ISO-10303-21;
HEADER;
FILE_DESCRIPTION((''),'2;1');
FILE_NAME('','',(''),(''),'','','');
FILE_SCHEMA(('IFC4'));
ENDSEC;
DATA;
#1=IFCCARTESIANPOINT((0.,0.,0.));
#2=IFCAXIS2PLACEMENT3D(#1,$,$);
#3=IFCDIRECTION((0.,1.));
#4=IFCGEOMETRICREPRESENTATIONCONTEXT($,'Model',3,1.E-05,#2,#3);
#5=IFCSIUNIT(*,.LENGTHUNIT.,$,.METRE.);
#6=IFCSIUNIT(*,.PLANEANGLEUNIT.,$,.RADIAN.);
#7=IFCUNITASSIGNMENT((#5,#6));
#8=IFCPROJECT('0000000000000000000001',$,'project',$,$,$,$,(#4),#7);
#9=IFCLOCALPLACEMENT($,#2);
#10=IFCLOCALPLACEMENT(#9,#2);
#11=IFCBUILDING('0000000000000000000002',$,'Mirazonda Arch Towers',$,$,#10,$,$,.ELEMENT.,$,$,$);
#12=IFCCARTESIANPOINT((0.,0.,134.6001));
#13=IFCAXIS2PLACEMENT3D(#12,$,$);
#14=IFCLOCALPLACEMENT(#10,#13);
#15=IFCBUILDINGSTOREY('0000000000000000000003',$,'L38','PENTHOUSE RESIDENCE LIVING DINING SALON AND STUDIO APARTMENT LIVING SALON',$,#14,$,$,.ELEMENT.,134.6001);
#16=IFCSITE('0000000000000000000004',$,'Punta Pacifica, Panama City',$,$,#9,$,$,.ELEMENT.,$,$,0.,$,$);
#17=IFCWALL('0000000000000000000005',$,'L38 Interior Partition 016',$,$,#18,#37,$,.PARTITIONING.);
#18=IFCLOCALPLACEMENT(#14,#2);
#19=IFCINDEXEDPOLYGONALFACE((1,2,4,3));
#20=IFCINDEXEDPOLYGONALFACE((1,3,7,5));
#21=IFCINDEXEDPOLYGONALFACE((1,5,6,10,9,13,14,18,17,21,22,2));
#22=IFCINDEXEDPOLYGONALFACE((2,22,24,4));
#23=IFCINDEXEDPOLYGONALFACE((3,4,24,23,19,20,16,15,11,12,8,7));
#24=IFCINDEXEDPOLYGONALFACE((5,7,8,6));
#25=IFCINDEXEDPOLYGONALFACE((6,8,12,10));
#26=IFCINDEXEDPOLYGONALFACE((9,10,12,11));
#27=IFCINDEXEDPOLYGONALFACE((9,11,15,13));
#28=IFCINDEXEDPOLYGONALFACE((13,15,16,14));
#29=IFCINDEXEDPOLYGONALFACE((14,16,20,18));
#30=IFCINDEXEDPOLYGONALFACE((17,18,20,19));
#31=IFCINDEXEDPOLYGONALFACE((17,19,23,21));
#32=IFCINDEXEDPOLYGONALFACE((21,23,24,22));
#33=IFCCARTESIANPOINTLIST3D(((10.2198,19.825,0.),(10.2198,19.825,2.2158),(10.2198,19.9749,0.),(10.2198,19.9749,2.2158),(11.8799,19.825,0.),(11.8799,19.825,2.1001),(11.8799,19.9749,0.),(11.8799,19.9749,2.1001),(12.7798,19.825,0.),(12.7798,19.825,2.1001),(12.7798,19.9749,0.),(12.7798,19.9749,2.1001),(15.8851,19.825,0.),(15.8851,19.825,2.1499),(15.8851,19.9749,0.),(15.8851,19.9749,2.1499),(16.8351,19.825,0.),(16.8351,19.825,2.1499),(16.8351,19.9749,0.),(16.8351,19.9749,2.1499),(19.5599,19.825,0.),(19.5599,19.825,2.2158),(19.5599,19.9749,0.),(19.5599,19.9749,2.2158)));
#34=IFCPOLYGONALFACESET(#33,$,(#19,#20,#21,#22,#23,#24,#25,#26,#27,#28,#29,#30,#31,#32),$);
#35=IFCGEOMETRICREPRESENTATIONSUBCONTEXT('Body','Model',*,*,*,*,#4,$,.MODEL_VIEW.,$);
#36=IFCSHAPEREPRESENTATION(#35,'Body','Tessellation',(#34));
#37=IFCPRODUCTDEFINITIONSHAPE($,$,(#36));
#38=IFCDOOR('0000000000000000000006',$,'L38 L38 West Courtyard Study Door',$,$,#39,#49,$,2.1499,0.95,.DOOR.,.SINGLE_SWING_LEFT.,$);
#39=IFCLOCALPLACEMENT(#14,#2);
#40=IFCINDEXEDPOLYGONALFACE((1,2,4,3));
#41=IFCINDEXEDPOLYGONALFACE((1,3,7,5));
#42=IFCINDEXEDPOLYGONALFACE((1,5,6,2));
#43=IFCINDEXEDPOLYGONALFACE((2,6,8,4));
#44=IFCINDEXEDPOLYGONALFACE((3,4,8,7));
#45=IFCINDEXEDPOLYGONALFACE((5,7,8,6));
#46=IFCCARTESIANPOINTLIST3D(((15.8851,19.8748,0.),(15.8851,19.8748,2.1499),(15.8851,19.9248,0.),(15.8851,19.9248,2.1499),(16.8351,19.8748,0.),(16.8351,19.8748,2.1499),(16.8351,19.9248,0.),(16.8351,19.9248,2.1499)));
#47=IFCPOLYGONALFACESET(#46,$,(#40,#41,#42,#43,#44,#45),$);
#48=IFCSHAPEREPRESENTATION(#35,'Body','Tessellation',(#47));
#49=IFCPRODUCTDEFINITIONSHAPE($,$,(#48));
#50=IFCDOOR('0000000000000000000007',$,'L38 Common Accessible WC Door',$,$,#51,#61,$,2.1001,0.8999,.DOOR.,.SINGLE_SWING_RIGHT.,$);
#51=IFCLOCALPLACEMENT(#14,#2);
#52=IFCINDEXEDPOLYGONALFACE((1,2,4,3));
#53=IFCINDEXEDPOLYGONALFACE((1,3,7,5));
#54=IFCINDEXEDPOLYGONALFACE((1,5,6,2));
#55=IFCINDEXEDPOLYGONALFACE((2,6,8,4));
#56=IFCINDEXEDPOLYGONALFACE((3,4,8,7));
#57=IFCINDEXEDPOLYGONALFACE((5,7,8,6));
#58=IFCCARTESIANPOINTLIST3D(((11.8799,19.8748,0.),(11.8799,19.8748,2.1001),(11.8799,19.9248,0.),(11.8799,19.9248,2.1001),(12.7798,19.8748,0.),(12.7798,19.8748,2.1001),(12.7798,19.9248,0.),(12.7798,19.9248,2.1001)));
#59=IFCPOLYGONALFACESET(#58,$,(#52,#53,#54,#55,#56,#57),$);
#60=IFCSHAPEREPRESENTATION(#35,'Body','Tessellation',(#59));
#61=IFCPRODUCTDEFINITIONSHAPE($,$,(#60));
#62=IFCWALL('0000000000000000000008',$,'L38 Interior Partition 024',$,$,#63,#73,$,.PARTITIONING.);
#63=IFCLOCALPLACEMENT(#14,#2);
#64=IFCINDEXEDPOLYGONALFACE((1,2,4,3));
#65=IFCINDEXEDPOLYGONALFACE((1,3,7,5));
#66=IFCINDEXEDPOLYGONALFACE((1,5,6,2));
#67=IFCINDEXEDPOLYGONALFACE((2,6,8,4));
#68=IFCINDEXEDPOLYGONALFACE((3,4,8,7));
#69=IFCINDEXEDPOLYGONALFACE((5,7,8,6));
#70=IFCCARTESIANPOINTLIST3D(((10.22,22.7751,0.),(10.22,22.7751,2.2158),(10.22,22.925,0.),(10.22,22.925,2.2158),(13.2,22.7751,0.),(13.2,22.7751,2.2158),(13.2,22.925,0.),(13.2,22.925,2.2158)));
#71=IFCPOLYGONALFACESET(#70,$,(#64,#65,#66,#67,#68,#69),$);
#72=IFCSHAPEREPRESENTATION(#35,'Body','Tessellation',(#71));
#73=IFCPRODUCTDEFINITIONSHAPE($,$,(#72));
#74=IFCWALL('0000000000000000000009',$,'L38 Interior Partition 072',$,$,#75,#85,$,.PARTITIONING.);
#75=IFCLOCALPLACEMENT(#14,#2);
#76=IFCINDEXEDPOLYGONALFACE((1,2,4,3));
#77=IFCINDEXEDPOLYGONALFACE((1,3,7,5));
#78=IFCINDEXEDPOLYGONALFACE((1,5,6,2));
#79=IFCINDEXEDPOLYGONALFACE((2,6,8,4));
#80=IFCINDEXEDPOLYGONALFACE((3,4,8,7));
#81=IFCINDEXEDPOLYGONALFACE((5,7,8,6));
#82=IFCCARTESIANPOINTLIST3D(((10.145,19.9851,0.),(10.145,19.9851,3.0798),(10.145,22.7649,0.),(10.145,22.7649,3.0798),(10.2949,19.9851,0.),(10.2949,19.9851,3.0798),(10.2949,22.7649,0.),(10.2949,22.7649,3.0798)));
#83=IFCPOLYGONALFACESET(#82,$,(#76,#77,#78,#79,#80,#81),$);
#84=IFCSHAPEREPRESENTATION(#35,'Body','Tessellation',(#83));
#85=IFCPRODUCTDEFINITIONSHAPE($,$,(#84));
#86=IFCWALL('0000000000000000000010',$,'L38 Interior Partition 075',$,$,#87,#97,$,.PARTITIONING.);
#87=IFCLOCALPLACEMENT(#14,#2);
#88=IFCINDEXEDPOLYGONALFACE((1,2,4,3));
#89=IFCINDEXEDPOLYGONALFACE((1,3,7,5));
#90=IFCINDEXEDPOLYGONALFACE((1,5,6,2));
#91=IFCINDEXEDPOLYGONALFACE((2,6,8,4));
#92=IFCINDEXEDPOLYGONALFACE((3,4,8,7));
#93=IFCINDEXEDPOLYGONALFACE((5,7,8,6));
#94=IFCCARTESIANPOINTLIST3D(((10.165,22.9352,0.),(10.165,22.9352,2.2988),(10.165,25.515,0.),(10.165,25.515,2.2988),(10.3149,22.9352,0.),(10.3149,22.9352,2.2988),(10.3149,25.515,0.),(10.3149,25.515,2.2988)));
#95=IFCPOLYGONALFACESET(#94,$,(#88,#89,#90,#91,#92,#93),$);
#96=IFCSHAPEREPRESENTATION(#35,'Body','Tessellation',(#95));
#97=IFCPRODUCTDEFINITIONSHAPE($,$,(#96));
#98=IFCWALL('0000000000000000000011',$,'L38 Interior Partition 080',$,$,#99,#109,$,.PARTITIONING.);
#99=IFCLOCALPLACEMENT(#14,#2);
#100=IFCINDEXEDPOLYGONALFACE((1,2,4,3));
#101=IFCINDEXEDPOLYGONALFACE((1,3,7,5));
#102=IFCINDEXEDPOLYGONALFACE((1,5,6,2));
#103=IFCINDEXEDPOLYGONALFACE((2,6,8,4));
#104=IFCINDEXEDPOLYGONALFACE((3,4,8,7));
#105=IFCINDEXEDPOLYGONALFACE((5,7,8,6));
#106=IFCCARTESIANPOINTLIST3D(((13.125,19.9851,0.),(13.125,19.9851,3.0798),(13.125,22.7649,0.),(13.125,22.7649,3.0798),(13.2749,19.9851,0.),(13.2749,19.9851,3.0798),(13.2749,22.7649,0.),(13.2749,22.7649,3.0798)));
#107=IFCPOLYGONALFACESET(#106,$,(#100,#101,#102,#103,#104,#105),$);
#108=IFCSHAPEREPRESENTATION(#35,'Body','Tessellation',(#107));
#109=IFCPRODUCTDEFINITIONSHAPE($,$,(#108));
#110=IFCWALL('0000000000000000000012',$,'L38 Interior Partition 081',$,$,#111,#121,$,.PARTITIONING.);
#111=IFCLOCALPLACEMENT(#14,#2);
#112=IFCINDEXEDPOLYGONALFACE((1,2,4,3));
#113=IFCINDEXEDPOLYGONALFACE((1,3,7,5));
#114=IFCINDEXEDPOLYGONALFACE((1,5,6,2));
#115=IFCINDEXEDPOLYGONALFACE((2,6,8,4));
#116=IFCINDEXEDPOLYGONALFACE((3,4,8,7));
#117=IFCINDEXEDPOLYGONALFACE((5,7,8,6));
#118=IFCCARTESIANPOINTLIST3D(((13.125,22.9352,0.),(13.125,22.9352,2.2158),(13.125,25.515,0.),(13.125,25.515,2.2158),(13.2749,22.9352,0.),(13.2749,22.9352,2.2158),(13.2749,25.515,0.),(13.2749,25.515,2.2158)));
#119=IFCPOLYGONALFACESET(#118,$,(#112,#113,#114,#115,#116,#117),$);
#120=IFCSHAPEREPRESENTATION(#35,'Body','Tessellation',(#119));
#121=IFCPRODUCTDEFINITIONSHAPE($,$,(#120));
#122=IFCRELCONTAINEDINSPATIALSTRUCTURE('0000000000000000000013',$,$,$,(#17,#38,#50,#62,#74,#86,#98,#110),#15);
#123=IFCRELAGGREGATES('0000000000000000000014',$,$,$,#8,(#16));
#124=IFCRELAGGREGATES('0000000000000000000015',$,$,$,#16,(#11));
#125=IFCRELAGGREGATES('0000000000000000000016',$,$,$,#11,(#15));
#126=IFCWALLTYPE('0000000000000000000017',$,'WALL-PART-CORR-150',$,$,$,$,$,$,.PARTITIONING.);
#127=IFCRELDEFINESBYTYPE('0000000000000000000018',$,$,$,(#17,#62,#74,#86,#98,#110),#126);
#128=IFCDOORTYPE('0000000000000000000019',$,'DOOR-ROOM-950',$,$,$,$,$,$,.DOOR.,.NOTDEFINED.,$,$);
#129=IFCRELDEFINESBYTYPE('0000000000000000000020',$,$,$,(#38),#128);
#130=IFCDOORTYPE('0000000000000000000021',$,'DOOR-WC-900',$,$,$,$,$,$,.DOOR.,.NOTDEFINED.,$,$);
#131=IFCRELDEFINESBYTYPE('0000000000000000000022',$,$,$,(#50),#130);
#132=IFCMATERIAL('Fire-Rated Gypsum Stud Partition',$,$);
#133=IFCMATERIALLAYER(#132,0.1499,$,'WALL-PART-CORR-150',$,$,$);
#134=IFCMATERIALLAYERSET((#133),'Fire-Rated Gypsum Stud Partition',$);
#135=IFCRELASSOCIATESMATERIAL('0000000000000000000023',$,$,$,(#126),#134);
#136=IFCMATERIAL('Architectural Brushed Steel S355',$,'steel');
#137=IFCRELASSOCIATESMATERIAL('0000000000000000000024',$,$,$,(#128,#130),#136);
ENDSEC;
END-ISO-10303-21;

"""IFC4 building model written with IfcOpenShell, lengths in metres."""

from ifc_helpers import new_model, si_unit, direction, frame, frame_2d, origin, place, context, subcontext, project, spatial, rectangle, extrude, material, layer, layer_set, type_object, element, fill, save


model = new_model("IFC4")

# Units and contexts
model_context = context("Model", 3, precision=1e-05, world=origin(), true_north=direction((0.0, 1.0)))
body_context = subcontext(model_context, "Body", "Model", "MODEL_VIEW")
ifc_project = project(units=[si_unit("LENGTHUNIT", "METRE"), si_unit("PLANEANGLEUNIT", "RADIAN")], contexts=[model_context])

# Site, building, storey
site_placement = place(None, origin())
site = spatial("IfcSite", under=ifc_project, at=site_placement, Name="Punta Pacifica, Panama City", CompositionType="ELEMENT", RefElevation=0.0)
building_placement = place(site_placement, origin())
building = spatial("IfcBuilding", under=site, at=building_placement, Name="Mirazonda Arch Towers", CompositionType="ELEMENT")
storey_placement = place(building_placement, frame((0.0, 0.0, 134.6001)))
storey = spatial("IfcBuildingStorey", under=building, at=storey_placement, Name="L38", Description="PENTHOUSE RESIDENCE LIVING DINING SALON AND STUDIO APARTMENT LIVING SALON", CompositionType="ELEMENT", Elevation=134.6001)

# Shared definitions
ifc_material_1 = material(Name="Architectural Brushed Steel S355", Category="steel")

# Shared definitions
ifc_material_2 = material(Name="Fire-Rated Gypsum Stud Partition")
ifc_layer_1 = layer(ifc_material_2, 0.1499, Name="WALL-PART-CORR-150")
ifc_layer_set_1 = layer_set([ifc_layer_1], Name="Fire-Rated Gypsum Stud Partition")
wall_type_1 = type_object("IfcWallType", Name="WALL-PART-CORR-150", PredefinedType="PARTITIONING", material=ifc_layer_set_1)

# Wall, openings, doors
wall_1_placement = place(storey_placement, frame((10.22, 19.8999, 0.0), z_axis=(0.0, 0.0, 1.0), x_axis=(1.0, 0.0, 0.0)))
wall_1 = element("IfcWall", 1, at=wall_1_placement, inside=storey, type_object=wall_type_1, Name="L38 Interior Partition 016", PredefinedType="PARTITIONING", context=body_context, shape_type="SweptSolid", body=[
    extrude(rectangle(XDim=9.3401, YDim=0.1499, at=frame_2d((4.6699, 0.0))), origin(), (0.0, 0.0, 1.0), 2.2158),
])
opening_1_placement = place(wall_1_placement, frame((1.6599, 0.0, 0.0)))
opening_1 = element("IfcOpeningElement", 2, at=opening_1_placement, cuts=wall_1, PredefinedType="OPENING", context=body_context, shape_type="SweptSolid", body=[
    extrude(rectangle(XDim=0.8999, YDim=2.1001, at=frame_2d((0.45, 1.05))), frame((0.0, 0.085, 0.0), z_axis=(0.0, -1.0, 0.0), x_axis=(1.0, 0.0, 0.0)), (0.0, 0.0, 1.0), 0.1699),
])
opening_2_placement = place(wall_1_placement, frame((5.665, 0.0, 0.0)))
opening_2 = element("IfcOpeningElement", 3, at=opening_2_placement, cuts=wall_1, PredefinedType="OPENING", context=body_context, shape_type="SweptSolid", body=[
    extrude(rectangle(XDim=0.95, YDim=2.1499, at=frame_2d((0.4751, 1.075))), frame((0.0, 0.085, 0.0), z_axis=(0.0, -1.0, 0.0), x_axis=(1.0, 0.0, 0.0)), (0.0, 0.0, 1.0), 0.1699),
])
door_type_1 = type_object("IfcDoorType", Name="DOOR-ROOM-950", OperationType="NOTDEFINED", PredefinedType="DOOR", material=ifc_material_1)
door_1_placement = place(opening_2_placement, origin())
door_1 = element("IfcDoor", 4, at=door_1_placement, inside=storey, type_object=door_type_1, Name="L38 L38 West Courtyard Study Door", OperationType="SINGLE_SWING_LEFT", OverallHeight=2.1499, OverallWidth=0.95, PredefinedType="DOOR", context=body_context, shape_type="SweptSolid", body=[
    extrude(rectangle(XDim=0.95, YDim=2.1499, at=frame_2d((0.4751, 1.075))), frame((0.0, 0.0249, 0.0), z_axis=(0.0, -1.0, 0.0), x_axis=(1.0, 0.0, 0.0)), (0.0, 0.0, 1.0), 0.05),
])
fill(opening_2, door_1)
door_type_2 = type_object("IfcDoorType", Name="DOOR-WC-900", OperationType="NOTDEFINED", PredefinedType="DOOR", material=ifc_material_1)
door_2_placement = place(opening_1_placement, origin())
door_2 = element("IfcDoor", 5, at=door_2_placement, inside=storey, type_object=door_type_2, Name="L38 Common Accessible WC Door", OperationType="SINGLE_SWING_RIGHT", OverallHeight=2.1001, OverallWidth=0.8999, PredefinedType="DOOR", context=body_context, shape_type="SweptSolid", body=[
    extrude(rectangle(XDim=0.8999, YDim=2.1001, at=frame_2d((0.45, 1.05))), frame((0.0, 0.0249, 0.0), z_axis=(0.0, -1.0, 0.0), x_axis=(1.0, 0.0, 0.0)), (0.0, 0.0, 1.0), 0.05),
])
fill(opening_1, door_2)

# Walls
wall_2_placement = place(storey_placement, frame((10.22, 22.8501, 0.0), z_axis=(0.0, 0.0, 1.0), x_axis=(1.0, 0.0, 0.0)))
element("IfcWall", 6, at=wall_2_placement, inside=storey, type_object=wall_type_1, Name="L38 Interior Partition 024", PredefinedType="PARTITIONING", context=body_context, shape_type="SweptSolid", body=[
    extrude(rectangle(XDim=2.98, YDim=0.1499, at=frame_2d((1.49, 0.0))), origin(), (0.0, 0.0, 1.0), 2.2158),
])
wall_3_placement = place(storey_placement, frame((10.22, 19.9851, 0.0), z_axis=(0.0, 0.0, 1.0), x_axis=(0.0, 1.0, 0.0)))
element("IfcWall", 7, at=wall_3_placement, inside=storey, type_object=wall_type_1, Name="L38 Interior Partition 072", PredefinedType="PARTITIONING", context=body_context, shape_type="SweptSolid", body=[
    extrude(rectangle(XDim=2.7798, YDim=0.1499, at=frame_2d((1.3899, 0.0))), origin(), (0.0, 0.0, 1.0), 3.0798),
])
wall_4_placement = place(storey_placement, frame((10.24, 22.9351, 0.0), z_axis=(0.0, 0.0, 1.0), x_axis=(0.0, 1.0, 0.0)))
element("IfcWall", 8, at=wall_4_placement, inside=storey, type_object=wall_type_1, Name="L38 Interior Partition 075", PredefinedType="PARTITIONING", context=body_context, shape_type="SweptSolid", body=[
    extrude(rectangle(XDim=2.5798, YDim=0.1499, at=frame_2d((1.29, 0.0))), origin(), (0.0, 0.0, 1.0), 2.2988),
])
wall_5_placement = place(storey_placement, frame((13.2, 19.9851, 0.0), z_axis=(0.0, 0.0, 1.0), x_axis=(0.0, 1.0, 0.0)))
element("IfcWall", 9, at=wall_5_placement, inside=storey, type_object=wall_type_1, Name="L38 Interior Partition 080", PredefinedType="PARTITIONING", context=body_context, shape_type="SweptSolid", body=[
    extrude(rectangle(XDim=2.7798, YDim=0.1499, at=frame_2d((1.3899, 0.0))), origin(), (0.0, 0.0, 1.0), 3.0798),
])
wall_6_placement = place(storey_placement, frame((13.2, 22.9351, 0.0), z_axis=(0.0, 0.0, 1.0), x_axis=(0.0, 1.0, 0.0)))
element("IfcWall", 10, at=wall_6_placement, inside=storey, type_object=wall_type_1, Name="L38 Interior Partition 081", PredefinedType="PARTITIONING", context=body_context, shape_type="SweptSolid", body=[
    extrude(rectangle(XDim=2.5798, YDim=0.1499, at=frame_2d((1.29, 0.0))), origin(), (0.0, 0.0, 1.0), 2.2158),
])

save(model, "model.ifc")
